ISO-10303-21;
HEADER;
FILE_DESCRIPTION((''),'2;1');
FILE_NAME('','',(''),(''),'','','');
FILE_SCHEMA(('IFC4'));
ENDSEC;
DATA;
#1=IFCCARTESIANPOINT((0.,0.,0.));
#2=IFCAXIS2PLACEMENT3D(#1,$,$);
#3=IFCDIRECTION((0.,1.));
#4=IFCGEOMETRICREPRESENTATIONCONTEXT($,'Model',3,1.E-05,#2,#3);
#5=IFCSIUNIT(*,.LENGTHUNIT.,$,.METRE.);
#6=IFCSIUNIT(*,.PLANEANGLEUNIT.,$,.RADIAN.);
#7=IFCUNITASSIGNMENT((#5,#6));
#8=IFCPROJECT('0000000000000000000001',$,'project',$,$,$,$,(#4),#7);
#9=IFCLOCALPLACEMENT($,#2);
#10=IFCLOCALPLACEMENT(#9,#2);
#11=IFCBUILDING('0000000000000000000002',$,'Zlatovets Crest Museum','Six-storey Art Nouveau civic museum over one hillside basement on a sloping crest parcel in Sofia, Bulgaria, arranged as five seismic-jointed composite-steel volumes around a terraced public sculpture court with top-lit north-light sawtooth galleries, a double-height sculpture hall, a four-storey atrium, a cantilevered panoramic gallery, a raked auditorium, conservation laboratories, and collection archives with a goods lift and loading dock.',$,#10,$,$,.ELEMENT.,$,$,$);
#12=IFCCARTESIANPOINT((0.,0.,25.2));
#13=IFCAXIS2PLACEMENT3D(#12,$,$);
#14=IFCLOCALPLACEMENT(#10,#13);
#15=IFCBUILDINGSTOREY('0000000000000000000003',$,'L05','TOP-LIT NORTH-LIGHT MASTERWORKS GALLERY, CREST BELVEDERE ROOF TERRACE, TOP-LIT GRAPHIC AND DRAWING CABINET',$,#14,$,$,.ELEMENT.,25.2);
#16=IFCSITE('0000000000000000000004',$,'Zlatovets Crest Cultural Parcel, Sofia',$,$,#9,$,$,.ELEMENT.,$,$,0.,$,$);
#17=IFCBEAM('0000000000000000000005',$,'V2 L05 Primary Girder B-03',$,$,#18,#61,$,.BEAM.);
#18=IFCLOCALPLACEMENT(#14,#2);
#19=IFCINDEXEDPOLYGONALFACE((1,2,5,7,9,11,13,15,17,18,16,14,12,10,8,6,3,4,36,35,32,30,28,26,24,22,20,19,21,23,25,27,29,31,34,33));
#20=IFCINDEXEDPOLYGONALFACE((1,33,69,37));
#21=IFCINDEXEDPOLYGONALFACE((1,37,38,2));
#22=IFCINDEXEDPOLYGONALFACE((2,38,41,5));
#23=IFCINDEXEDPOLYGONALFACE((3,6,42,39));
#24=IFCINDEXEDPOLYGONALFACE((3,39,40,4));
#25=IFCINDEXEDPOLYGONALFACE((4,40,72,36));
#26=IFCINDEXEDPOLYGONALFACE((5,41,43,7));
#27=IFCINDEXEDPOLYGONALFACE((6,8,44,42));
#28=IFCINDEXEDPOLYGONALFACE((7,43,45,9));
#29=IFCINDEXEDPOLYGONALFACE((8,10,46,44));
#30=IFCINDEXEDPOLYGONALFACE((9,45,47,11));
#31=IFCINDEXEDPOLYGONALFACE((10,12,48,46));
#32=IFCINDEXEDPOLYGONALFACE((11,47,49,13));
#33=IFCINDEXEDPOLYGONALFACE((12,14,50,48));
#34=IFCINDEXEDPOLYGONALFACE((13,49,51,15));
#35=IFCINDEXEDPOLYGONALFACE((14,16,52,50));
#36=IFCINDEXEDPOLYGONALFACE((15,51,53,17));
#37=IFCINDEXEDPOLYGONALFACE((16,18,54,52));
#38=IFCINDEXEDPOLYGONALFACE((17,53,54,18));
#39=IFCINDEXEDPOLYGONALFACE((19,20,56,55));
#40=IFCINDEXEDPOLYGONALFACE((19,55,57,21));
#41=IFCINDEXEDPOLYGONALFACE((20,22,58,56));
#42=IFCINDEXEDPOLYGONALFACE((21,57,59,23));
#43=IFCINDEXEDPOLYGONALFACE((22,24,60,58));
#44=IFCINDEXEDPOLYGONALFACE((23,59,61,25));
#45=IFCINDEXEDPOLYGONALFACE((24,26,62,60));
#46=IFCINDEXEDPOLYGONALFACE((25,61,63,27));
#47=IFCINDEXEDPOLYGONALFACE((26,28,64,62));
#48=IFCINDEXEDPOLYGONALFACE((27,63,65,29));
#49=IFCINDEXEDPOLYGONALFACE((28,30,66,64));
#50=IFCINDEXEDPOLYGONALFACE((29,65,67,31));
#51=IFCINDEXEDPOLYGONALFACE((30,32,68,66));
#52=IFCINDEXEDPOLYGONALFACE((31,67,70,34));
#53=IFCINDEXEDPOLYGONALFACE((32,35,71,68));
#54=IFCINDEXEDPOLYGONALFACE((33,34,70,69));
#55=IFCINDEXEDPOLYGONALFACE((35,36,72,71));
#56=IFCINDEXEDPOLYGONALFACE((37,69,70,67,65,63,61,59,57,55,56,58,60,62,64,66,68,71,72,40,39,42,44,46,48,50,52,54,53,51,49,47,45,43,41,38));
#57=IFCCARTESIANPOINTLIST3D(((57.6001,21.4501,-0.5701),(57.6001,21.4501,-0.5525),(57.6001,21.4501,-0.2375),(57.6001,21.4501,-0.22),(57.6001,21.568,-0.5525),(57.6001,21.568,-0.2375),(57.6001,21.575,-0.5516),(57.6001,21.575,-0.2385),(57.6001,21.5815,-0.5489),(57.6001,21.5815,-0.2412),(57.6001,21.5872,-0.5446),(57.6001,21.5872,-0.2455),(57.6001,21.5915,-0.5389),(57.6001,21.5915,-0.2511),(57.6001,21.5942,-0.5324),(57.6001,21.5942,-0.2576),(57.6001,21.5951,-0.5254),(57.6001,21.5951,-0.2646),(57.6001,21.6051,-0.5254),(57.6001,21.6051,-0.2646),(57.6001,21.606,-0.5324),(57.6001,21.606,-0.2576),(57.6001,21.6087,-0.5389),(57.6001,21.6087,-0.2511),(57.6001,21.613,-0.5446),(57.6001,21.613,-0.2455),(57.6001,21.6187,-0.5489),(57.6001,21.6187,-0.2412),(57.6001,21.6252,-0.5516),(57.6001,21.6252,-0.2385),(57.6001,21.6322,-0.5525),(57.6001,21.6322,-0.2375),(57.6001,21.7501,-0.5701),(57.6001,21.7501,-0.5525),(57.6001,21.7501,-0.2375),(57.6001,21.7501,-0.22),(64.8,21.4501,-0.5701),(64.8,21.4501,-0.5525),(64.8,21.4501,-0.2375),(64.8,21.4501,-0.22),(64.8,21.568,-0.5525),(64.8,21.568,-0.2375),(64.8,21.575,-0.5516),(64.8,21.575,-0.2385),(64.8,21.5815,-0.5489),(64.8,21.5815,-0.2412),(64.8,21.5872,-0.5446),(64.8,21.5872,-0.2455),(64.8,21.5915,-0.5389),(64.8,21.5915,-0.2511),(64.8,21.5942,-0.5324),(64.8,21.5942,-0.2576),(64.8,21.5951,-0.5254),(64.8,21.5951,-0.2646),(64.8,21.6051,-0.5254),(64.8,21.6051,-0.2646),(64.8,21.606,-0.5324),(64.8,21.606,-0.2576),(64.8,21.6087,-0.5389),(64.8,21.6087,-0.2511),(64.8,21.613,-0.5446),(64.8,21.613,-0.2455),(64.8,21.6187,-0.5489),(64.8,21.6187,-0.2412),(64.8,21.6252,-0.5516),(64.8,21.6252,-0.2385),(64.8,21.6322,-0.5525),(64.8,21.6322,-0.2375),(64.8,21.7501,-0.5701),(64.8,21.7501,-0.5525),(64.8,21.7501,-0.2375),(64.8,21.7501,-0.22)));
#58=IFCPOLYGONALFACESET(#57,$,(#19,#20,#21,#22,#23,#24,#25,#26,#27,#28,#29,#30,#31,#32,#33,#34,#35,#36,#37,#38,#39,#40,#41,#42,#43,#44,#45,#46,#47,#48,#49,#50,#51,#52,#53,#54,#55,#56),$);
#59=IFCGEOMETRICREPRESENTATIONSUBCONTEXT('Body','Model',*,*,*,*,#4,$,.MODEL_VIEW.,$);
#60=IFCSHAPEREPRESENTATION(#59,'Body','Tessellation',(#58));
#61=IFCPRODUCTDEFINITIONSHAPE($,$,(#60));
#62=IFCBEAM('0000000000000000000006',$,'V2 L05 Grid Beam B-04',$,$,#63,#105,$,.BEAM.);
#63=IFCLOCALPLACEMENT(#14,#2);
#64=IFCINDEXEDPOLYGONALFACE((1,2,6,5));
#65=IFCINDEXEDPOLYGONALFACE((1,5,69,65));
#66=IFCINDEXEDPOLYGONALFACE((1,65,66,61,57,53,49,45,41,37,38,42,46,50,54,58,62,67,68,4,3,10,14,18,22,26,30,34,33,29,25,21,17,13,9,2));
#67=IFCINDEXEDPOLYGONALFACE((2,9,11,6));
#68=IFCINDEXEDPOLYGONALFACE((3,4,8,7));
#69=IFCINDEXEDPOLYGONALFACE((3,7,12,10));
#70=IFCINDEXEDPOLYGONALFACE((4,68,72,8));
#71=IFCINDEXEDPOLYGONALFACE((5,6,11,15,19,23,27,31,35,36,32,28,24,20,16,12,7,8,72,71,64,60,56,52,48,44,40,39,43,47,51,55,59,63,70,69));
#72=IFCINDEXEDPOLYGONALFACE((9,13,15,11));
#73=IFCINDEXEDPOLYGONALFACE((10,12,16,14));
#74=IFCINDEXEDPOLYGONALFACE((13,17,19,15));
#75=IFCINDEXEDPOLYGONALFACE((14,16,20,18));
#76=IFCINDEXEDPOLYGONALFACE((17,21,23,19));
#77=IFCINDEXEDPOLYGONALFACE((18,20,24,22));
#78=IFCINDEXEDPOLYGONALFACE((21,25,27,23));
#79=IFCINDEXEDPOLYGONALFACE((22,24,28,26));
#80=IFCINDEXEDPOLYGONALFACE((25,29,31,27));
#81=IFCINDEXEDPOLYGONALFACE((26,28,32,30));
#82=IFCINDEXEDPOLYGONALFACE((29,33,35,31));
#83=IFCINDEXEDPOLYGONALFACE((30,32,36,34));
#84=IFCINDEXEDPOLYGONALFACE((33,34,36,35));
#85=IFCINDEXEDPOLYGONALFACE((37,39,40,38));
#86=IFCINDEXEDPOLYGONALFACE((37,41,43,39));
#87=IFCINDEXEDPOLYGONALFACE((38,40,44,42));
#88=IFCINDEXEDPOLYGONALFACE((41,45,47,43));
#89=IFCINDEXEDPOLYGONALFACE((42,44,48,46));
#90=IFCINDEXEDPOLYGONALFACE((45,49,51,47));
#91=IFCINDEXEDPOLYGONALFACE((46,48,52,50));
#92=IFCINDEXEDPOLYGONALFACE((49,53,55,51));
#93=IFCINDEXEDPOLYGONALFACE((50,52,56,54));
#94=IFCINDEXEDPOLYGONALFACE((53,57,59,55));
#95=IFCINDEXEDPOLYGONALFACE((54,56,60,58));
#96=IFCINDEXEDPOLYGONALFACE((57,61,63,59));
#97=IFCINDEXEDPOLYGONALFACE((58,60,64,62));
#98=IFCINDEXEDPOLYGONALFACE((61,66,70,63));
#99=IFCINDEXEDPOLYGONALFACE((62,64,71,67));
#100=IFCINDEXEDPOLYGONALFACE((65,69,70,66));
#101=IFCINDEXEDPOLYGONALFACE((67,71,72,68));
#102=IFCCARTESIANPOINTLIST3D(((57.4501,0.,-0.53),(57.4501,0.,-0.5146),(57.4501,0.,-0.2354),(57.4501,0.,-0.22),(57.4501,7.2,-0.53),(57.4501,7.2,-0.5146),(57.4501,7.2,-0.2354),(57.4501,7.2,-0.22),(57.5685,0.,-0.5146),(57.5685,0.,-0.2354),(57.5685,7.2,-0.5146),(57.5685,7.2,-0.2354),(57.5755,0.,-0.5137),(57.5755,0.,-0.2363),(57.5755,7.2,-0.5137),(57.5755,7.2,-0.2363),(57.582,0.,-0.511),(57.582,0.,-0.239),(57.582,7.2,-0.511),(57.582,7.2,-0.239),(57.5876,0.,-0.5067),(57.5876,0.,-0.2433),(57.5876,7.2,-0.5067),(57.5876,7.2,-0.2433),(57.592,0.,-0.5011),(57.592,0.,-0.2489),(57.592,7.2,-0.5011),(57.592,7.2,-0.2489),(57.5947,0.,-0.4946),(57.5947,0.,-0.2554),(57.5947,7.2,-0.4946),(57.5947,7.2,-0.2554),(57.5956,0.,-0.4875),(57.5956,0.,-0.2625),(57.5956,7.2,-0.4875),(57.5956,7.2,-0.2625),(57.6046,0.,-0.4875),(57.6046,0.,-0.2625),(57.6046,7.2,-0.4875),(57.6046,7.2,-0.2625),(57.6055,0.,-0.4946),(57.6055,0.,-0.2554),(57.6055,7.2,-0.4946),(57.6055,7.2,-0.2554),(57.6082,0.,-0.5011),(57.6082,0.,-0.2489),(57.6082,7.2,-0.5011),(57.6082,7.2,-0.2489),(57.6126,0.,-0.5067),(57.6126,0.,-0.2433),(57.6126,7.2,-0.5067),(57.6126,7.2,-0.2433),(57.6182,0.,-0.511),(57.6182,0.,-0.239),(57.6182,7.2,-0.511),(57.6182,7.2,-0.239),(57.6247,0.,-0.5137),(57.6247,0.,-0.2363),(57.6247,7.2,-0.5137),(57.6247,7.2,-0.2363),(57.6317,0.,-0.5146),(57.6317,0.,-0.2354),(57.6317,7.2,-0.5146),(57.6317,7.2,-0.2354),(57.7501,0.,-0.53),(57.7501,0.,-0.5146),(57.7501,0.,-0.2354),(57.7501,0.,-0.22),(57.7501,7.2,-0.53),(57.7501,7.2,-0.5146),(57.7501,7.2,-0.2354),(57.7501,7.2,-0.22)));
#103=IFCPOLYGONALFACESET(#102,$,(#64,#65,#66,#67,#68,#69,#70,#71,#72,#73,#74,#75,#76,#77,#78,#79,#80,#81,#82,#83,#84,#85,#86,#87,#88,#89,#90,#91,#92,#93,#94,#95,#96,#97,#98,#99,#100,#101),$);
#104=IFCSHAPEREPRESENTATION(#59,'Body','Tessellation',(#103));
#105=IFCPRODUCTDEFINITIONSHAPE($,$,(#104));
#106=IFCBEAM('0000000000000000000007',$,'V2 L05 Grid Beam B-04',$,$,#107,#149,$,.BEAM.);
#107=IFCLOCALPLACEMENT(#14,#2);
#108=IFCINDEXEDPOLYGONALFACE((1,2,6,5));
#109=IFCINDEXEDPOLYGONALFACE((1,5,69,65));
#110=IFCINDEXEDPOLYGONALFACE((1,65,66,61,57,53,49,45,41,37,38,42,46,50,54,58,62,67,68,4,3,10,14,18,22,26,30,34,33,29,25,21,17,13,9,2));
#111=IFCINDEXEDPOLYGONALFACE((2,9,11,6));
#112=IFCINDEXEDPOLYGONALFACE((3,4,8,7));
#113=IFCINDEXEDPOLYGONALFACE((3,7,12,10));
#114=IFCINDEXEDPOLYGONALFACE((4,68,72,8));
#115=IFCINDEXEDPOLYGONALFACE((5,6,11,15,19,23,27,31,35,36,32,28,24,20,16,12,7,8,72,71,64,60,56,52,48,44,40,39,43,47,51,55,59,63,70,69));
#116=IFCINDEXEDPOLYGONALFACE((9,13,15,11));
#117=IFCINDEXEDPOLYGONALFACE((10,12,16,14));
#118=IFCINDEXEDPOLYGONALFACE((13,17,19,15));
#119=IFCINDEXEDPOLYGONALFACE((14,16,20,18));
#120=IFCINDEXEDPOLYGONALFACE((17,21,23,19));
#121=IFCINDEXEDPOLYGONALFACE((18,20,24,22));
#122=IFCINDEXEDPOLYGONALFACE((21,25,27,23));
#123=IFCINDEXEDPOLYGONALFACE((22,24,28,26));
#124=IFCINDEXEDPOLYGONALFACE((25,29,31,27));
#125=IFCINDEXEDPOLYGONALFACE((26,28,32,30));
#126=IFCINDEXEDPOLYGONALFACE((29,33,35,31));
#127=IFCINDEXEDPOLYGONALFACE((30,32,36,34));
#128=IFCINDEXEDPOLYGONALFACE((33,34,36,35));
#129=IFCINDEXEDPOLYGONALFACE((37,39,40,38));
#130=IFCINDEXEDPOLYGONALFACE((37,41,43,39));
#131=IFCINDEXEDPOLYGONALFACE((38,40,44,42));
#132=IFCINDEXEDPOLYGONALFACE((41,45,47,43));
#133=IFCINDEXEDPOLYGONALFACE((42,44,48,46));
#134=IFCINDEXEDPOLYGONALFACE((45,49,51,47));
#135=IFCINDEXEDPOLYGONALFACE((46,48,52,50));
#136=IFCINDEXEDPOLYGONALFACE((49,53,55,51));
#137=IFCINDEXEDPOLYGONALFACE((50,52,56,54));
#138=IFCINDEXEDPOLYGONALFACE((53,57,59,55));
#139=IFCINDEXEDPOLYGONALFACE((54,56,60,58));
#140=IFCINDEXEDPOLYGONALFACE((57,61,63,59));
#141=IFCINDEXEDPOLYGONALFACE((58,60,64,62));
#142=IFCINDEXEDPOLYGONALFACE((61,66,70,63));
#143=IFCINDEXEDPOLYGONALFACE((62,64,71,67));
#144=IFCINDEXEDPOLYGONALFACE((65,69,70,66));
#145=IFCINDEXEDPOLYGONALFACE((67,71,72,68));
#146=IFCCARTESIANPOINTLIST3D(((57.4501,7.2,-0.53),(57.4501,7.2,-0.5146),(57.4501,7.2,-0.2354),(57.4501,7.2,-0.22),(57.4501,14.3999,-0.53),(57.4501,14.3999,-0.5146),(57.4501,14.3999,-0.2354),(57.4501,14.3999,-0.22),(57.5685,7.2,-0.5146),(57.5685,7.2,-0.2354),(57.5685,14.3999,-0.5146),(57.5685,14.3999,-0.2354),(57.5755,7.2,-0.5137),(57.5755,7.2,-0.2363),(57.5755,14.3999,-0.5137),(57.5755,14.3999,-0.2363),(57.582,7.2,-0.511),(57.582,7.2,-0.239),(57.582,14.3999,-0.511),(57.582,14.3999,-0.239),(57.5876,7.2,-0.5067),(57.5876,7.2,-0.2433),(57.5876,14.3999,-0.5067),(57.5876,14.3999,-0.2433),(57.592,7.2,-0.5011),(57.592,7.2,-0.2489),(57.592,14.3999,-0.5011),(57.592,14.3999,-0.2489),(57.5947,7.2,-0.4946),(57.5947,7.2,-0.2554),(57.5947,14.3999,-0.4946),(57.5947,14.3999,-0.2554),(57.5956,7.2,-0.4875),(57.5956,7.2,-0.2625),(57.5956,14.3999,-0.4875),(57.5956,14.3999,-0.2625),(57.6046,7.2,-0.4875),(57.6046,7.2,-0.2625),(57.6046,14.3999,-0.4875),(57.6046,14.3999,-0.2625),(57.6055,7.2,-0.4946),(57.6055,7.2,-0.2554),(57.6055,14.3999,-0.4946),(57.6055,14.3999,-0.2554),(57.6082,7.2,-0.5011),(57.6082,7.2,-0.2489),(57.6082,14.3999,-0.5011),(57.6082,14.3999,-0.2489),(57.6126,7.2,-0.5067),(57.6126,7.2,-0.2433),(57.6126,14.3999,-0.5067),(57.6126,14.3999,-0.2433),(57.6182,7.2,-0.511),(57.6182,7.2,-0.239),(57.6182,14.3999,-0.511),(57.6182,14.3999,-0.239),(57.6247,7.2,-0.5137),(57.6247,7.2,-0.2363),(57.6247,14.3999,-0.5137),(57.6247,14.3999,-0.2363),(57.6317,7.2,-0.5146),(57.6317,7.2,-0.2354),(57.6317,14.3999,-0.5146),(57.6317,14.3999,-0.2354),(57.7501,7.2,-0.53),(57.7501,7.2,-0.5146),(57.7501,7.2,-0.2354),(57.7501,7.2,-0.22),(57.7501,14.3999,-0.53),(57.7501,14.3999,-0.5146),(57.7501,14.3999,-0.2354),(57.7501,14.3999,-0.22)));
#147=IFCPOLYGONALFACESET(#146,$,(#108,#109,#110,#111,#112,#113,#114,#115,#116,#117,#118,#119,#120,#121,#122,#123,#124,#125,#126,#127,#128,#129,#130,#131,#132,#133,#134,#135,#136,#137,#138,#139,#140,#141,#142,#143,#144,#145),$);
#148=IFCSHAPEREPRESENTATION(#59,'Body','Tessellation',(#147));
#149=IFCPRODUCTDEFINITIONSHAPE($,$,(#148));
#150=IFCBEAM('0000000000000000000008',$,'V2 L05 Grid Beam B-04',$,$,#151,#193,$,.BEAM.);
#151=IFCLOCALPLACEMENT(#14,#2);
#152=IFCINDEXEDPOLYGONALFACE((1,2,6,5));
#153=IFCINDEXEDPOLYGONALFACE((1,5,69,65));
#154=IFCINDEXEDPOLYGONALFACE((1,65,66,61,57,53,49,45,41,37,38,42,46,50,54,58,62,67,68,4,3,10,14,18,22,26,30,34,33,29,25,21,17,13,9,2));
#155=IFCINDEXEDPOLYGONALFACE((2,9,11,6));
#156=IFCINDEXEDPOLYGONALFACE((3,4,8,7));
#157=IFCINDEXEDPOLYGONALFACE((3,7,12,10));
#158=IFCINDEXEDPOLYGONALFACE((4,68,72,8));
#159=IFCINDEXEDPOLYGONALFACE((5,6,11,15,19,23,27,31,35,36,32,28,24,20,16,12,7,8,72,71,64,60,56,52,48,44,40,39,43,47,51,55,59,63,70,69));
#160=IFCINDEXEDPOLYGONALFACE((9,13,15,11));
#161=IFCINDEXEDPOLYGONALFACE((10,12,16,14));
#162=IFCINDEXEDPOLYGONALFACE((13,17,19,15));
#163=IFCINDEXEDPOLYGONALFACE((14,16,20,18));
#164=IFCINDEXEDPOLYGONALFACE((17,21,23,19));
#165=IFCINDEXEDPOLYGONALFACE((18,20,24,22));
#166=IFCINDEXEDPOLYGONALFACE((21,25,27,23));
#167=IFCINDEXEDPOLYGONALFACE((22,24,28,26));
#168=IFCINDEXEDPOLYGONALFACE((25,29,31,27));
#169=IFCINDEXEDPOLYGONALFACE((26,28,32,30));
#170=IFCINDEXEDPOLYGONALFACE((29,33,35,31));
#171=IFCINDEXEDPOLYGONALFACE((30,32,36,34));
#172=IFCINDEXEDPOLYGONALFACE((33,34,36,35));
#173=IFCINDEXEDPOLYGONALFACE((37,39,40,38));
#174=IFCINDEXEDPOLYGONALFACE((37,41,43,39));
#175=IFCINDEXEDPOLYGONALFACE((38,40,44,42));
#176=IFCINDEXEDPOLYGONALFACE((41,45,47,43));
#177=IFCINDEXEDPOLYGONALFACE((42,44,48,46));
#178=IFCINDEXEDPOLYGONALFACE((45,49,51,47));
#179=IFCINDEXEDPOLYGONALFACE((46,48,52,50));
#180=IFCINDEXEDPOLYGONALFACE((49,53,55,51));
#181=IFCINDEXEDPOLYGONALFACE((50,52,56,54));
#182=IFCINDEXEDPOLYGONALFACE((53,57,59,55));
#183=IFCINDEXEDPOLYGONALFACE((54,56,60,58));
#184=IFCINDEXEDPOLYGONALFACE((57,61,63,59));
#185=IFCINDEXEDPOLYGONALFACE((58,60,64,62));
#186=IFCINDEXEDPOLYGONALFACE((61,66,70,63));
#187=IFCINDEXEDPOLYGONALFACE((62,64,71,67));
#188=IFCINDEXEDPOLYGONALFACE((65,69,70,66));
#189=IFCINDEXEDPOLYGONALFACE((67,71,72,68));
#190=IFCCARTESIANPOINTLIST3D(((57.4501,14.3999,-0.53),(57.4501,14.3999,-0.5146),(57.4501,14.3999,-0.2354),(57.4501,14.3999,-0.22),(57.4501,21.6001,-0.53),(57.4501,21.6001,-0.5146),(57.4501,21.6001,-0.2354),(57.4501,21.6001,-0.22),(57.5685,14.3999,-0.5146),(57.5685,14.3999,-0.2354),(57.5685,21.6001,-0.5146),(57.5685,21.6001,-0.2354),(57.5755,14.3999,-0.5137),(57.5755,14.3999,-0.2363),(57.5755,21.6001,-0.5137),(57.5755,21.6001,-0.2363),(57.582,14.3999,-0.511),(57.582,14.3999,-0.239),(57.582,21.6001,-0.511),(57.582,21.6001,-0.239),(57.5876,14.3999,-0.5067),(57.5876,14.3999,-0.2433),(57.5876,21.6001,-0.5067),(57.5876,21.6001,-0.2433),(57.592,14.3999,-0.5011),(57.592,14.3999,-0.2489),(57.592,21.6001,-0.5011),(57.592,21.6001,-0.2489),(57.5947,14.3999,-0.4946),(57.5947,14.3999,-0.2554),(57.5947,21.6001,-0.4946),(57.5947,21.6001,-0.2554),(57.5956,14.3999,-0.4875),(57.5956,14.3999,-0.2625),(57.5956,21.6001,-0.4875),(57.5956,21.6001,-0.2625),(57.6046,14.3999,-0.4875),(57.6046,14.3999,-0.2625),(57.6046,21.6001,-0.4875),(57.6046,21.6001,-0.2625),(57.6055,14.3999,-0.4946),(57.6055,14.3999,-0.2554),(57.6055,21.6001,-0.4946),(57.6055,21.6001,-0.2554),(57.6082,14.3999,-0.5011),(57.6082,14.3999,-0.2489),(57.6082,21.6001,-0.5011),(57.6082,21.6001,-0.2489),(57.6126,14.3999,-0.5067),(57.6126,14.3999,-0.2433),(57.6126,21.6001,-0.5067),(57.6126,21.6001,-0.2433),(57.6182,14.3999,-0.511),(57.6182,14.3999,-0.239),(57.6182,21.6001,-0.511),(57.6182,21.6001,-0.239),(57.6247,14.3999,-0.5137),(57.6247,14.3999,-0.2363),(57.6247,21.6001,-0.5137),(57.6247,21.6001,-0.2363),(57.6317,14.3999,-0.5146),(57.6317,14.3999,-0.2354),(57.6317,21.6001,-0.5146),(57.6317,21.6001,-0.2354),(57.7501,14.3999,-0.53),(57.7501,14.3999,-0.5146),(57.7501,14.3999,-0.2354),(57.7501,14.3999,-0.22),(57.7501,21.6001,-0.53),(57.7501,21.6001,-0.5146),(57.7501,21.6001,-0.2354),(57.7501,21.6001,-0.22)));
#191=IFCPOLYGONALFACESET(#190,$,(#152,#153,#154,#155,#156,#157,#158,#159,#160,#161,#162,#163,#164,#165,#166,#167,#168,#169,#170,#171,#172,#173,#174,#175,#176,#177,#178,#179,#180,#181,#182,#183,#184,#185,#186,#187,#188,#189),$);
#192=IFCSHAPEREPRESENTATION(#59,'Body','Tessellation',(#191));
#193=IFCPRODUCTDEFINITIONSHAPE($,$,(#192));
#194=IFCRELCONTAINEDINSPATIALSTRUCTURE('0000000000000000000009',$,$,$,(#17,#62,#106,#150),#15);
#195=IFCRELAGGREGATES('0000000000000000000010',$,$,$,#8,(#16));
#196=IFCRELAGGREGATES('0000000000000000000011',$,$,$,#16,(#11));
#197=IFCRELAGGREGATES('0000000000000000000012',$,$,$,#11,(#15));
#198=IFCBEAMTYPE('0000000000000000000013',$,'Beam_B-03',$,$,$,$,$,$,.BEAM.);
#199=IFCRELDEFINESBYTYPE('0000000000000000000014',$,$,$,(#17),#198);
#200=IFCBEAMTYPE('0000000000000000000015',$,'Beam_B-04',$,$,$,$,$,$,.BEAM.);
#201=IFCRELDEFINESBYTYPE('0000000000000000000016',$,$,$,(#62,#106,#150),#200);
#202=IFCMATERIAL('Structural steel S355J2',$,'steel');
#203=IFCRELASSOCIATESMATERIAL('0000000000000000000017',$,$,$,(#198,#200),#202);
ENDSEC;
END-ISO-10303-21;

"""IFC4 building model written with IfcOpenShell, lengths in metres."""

from ifc_helpers import new_model, si_unit, direction, frame, origin, origin_2d, place, context, subcontext, project, spatial, i_section, extrude, material, material_profile, profile_set, type_object, element, save


model = new_model("IFC4")

# Units and contexts
model_context = context("Model", 3, precision=1e-05, world=origin(), true_north=direction((0.0, 1.0)))
body_context = subcontext(model_context, "Body", "Model", "MODEL_VIEW")
ifc_project = project(units=[si_unit("LENGTHUNIT", "METRE"), si_unit("PLANEANGLEUNIT", "RADIAN")], contexts=[model_context])

# Site, building, storey
site_placement = place(None, origin())
site = spatial("IfcSite", under=ifc_project, at=site_placement, Name="Zlatovets Crest Cultural Parcel, Sofia", CompositionType="ELEMENT", RefElevation=0.0)
building_placement = place(site_placement, origin())
building = spatial("IfcBuilding", under=site, at=building_placement, Name="Zlatovets Crest Museum", Description="Six-storey Art Nouveau civic museum over one hillside basement on a sloping crest parcel in Sofia, Bulgaria, arranged as five seismic-jointed composite-steel volumes around a terraced public sculpture court with top-lit north-light sawtooth galleries, a double-height sculpture hall, a four-storey atrium, a cantilevered panoramic gallery, a raked auditorium, conservation laboratories, and collection archives with a goods lift and loading dock.", CompositionType="ELEMENT")
storey_placement = place(building_placement, frame((0.0, 0.0, 25.2)))
storey = spatial("IfcBuildingStorey", under=building, at=storey_placement, Name="L05", Description="TOP-LIT NORTH-LIGHT MASTERWORKS GALLERY, CREST BELVEDERE ROOF TERRACE, TOP-LIT GRAPHIC AND DRAWING CABINET", CompositionType="ELEMENT", Elevation=25.2)

# Beams
ifc_material_1 = material(Name="Structural steel S355J2", Category="steel")
ifc_material_profile_1 = material_profile(ifc_material_1, i_section(OverallWidth=0.3, OverallDepth=0.3501, WebThickness=0.01, FlangeThickness=0.0176, FilletRadius=0.0271, at=origin_2d()), Name="HEA 360")
ifc_profile_set_1 = profile_set([ifc_material_profile_1], Name="Structural steel S355J2")
beam_type_1 = type_object("IfcBeamType", Name="Beam_B-03", PredefinedType="BEAM", material=ifc_profile_set_1)
for number, where, z_axis, x_axis, name in (
    (1, (57.6001, 21.6001, -0.395), (1.0, 0.0, 0.0), (0.0, 1.0, 0.0), "V2 L05 Primary Girder B-03"),
):
    element("IfcBeam", number, at=place(storey_placement, frame(where, z_axis=z_axis, x_axis=x_axis)), inside=storey, type_object=beam_type_1, Name=name, PredefinedType="BEAM", context=body_context, shape_type="SweptSolid", body=[
        extrude(i_section(OverallWidth=0.3, OverallDepth=0.3501, WebThickness=0.01, FlangeThickness=0.0176, FilletRadius=0.0271, at=origin_2d()), origin(), (0.0, 0.0, 1.0), 7.2),
    ])
ifc_material_profile_2 = material_profile(ifc_material_1, i_section(OverallWidth=0.3, OverallDepth=0.3101, WebThickness=0.009, FlangeThickness=0.0154, FilletRadius=0.0271, at=origin_2d()), Name="HEA 320")
ifc_profile_set_2 = profile_set([ifc_material_profile_2], Name="Structural steel S355J2")
beam_type_2 = type_object("IfcBeamType", Name="Beam_B-04", PredefinedType="BEAM", material=ifc_profile_set_2)
for number, where, z_axis, x_axis, name in (
    (2, (57.6001, 0.0, -0.375), (0.0, 1.0, 0.0), (-1.0, 0.0, 0.0), "V2 L05 Grid Beam B-04"),
    (3, (57.6001, 7.2, -0.375), (0.0, 1.0, 0.0), (-1.0, 0.0, 0.0), "V2 L05 Grid Beam B-04"),
):
    element("IfcBeam", number, at=place(storey_placement, frame(where, z_axis=z_axis, x_axis=x_axis)), inside=storey, type_object=beam_type_2, Name=name, PredefinedType="BEAM", context=body_context, shape_type="SweptSolid", body=[
        extrude(i_section(OverallWidth=0.3, OverallDepth=0.3101, WebThickness=0.009, FlangeThickness=0.0154, FilletRadius=0.0271, at=origin_2d()), origin(), (0.0, 0.0, 1.0), 7.2),
    ])
beam_placement = place(storey_placement, frame((57.6001, 14.3999, -0.375), z_axis=(0.0, 1.0, 0.0), x_axis=(-1.0, 0.0, 0.0)))
element("IfcBeam", 4, at=beam_placement, inside=storey, type_object=beam_type_2, Name="V2 L05 Grid Beam B-04", PredefinedType="BEAM", context=body_context, shape_type="SweptSolid", body=[
    extrude(i_section(OverallWidth=0.3, OverallDepth=0.3101, WebThickness=0.009, FlangeThickness=0.0154, FilletRadius=0.0271, at=origin_2d()), origin(), (0.0, 0.0, 1.0), 7.2002),
])

save(model, "model.ifc")
